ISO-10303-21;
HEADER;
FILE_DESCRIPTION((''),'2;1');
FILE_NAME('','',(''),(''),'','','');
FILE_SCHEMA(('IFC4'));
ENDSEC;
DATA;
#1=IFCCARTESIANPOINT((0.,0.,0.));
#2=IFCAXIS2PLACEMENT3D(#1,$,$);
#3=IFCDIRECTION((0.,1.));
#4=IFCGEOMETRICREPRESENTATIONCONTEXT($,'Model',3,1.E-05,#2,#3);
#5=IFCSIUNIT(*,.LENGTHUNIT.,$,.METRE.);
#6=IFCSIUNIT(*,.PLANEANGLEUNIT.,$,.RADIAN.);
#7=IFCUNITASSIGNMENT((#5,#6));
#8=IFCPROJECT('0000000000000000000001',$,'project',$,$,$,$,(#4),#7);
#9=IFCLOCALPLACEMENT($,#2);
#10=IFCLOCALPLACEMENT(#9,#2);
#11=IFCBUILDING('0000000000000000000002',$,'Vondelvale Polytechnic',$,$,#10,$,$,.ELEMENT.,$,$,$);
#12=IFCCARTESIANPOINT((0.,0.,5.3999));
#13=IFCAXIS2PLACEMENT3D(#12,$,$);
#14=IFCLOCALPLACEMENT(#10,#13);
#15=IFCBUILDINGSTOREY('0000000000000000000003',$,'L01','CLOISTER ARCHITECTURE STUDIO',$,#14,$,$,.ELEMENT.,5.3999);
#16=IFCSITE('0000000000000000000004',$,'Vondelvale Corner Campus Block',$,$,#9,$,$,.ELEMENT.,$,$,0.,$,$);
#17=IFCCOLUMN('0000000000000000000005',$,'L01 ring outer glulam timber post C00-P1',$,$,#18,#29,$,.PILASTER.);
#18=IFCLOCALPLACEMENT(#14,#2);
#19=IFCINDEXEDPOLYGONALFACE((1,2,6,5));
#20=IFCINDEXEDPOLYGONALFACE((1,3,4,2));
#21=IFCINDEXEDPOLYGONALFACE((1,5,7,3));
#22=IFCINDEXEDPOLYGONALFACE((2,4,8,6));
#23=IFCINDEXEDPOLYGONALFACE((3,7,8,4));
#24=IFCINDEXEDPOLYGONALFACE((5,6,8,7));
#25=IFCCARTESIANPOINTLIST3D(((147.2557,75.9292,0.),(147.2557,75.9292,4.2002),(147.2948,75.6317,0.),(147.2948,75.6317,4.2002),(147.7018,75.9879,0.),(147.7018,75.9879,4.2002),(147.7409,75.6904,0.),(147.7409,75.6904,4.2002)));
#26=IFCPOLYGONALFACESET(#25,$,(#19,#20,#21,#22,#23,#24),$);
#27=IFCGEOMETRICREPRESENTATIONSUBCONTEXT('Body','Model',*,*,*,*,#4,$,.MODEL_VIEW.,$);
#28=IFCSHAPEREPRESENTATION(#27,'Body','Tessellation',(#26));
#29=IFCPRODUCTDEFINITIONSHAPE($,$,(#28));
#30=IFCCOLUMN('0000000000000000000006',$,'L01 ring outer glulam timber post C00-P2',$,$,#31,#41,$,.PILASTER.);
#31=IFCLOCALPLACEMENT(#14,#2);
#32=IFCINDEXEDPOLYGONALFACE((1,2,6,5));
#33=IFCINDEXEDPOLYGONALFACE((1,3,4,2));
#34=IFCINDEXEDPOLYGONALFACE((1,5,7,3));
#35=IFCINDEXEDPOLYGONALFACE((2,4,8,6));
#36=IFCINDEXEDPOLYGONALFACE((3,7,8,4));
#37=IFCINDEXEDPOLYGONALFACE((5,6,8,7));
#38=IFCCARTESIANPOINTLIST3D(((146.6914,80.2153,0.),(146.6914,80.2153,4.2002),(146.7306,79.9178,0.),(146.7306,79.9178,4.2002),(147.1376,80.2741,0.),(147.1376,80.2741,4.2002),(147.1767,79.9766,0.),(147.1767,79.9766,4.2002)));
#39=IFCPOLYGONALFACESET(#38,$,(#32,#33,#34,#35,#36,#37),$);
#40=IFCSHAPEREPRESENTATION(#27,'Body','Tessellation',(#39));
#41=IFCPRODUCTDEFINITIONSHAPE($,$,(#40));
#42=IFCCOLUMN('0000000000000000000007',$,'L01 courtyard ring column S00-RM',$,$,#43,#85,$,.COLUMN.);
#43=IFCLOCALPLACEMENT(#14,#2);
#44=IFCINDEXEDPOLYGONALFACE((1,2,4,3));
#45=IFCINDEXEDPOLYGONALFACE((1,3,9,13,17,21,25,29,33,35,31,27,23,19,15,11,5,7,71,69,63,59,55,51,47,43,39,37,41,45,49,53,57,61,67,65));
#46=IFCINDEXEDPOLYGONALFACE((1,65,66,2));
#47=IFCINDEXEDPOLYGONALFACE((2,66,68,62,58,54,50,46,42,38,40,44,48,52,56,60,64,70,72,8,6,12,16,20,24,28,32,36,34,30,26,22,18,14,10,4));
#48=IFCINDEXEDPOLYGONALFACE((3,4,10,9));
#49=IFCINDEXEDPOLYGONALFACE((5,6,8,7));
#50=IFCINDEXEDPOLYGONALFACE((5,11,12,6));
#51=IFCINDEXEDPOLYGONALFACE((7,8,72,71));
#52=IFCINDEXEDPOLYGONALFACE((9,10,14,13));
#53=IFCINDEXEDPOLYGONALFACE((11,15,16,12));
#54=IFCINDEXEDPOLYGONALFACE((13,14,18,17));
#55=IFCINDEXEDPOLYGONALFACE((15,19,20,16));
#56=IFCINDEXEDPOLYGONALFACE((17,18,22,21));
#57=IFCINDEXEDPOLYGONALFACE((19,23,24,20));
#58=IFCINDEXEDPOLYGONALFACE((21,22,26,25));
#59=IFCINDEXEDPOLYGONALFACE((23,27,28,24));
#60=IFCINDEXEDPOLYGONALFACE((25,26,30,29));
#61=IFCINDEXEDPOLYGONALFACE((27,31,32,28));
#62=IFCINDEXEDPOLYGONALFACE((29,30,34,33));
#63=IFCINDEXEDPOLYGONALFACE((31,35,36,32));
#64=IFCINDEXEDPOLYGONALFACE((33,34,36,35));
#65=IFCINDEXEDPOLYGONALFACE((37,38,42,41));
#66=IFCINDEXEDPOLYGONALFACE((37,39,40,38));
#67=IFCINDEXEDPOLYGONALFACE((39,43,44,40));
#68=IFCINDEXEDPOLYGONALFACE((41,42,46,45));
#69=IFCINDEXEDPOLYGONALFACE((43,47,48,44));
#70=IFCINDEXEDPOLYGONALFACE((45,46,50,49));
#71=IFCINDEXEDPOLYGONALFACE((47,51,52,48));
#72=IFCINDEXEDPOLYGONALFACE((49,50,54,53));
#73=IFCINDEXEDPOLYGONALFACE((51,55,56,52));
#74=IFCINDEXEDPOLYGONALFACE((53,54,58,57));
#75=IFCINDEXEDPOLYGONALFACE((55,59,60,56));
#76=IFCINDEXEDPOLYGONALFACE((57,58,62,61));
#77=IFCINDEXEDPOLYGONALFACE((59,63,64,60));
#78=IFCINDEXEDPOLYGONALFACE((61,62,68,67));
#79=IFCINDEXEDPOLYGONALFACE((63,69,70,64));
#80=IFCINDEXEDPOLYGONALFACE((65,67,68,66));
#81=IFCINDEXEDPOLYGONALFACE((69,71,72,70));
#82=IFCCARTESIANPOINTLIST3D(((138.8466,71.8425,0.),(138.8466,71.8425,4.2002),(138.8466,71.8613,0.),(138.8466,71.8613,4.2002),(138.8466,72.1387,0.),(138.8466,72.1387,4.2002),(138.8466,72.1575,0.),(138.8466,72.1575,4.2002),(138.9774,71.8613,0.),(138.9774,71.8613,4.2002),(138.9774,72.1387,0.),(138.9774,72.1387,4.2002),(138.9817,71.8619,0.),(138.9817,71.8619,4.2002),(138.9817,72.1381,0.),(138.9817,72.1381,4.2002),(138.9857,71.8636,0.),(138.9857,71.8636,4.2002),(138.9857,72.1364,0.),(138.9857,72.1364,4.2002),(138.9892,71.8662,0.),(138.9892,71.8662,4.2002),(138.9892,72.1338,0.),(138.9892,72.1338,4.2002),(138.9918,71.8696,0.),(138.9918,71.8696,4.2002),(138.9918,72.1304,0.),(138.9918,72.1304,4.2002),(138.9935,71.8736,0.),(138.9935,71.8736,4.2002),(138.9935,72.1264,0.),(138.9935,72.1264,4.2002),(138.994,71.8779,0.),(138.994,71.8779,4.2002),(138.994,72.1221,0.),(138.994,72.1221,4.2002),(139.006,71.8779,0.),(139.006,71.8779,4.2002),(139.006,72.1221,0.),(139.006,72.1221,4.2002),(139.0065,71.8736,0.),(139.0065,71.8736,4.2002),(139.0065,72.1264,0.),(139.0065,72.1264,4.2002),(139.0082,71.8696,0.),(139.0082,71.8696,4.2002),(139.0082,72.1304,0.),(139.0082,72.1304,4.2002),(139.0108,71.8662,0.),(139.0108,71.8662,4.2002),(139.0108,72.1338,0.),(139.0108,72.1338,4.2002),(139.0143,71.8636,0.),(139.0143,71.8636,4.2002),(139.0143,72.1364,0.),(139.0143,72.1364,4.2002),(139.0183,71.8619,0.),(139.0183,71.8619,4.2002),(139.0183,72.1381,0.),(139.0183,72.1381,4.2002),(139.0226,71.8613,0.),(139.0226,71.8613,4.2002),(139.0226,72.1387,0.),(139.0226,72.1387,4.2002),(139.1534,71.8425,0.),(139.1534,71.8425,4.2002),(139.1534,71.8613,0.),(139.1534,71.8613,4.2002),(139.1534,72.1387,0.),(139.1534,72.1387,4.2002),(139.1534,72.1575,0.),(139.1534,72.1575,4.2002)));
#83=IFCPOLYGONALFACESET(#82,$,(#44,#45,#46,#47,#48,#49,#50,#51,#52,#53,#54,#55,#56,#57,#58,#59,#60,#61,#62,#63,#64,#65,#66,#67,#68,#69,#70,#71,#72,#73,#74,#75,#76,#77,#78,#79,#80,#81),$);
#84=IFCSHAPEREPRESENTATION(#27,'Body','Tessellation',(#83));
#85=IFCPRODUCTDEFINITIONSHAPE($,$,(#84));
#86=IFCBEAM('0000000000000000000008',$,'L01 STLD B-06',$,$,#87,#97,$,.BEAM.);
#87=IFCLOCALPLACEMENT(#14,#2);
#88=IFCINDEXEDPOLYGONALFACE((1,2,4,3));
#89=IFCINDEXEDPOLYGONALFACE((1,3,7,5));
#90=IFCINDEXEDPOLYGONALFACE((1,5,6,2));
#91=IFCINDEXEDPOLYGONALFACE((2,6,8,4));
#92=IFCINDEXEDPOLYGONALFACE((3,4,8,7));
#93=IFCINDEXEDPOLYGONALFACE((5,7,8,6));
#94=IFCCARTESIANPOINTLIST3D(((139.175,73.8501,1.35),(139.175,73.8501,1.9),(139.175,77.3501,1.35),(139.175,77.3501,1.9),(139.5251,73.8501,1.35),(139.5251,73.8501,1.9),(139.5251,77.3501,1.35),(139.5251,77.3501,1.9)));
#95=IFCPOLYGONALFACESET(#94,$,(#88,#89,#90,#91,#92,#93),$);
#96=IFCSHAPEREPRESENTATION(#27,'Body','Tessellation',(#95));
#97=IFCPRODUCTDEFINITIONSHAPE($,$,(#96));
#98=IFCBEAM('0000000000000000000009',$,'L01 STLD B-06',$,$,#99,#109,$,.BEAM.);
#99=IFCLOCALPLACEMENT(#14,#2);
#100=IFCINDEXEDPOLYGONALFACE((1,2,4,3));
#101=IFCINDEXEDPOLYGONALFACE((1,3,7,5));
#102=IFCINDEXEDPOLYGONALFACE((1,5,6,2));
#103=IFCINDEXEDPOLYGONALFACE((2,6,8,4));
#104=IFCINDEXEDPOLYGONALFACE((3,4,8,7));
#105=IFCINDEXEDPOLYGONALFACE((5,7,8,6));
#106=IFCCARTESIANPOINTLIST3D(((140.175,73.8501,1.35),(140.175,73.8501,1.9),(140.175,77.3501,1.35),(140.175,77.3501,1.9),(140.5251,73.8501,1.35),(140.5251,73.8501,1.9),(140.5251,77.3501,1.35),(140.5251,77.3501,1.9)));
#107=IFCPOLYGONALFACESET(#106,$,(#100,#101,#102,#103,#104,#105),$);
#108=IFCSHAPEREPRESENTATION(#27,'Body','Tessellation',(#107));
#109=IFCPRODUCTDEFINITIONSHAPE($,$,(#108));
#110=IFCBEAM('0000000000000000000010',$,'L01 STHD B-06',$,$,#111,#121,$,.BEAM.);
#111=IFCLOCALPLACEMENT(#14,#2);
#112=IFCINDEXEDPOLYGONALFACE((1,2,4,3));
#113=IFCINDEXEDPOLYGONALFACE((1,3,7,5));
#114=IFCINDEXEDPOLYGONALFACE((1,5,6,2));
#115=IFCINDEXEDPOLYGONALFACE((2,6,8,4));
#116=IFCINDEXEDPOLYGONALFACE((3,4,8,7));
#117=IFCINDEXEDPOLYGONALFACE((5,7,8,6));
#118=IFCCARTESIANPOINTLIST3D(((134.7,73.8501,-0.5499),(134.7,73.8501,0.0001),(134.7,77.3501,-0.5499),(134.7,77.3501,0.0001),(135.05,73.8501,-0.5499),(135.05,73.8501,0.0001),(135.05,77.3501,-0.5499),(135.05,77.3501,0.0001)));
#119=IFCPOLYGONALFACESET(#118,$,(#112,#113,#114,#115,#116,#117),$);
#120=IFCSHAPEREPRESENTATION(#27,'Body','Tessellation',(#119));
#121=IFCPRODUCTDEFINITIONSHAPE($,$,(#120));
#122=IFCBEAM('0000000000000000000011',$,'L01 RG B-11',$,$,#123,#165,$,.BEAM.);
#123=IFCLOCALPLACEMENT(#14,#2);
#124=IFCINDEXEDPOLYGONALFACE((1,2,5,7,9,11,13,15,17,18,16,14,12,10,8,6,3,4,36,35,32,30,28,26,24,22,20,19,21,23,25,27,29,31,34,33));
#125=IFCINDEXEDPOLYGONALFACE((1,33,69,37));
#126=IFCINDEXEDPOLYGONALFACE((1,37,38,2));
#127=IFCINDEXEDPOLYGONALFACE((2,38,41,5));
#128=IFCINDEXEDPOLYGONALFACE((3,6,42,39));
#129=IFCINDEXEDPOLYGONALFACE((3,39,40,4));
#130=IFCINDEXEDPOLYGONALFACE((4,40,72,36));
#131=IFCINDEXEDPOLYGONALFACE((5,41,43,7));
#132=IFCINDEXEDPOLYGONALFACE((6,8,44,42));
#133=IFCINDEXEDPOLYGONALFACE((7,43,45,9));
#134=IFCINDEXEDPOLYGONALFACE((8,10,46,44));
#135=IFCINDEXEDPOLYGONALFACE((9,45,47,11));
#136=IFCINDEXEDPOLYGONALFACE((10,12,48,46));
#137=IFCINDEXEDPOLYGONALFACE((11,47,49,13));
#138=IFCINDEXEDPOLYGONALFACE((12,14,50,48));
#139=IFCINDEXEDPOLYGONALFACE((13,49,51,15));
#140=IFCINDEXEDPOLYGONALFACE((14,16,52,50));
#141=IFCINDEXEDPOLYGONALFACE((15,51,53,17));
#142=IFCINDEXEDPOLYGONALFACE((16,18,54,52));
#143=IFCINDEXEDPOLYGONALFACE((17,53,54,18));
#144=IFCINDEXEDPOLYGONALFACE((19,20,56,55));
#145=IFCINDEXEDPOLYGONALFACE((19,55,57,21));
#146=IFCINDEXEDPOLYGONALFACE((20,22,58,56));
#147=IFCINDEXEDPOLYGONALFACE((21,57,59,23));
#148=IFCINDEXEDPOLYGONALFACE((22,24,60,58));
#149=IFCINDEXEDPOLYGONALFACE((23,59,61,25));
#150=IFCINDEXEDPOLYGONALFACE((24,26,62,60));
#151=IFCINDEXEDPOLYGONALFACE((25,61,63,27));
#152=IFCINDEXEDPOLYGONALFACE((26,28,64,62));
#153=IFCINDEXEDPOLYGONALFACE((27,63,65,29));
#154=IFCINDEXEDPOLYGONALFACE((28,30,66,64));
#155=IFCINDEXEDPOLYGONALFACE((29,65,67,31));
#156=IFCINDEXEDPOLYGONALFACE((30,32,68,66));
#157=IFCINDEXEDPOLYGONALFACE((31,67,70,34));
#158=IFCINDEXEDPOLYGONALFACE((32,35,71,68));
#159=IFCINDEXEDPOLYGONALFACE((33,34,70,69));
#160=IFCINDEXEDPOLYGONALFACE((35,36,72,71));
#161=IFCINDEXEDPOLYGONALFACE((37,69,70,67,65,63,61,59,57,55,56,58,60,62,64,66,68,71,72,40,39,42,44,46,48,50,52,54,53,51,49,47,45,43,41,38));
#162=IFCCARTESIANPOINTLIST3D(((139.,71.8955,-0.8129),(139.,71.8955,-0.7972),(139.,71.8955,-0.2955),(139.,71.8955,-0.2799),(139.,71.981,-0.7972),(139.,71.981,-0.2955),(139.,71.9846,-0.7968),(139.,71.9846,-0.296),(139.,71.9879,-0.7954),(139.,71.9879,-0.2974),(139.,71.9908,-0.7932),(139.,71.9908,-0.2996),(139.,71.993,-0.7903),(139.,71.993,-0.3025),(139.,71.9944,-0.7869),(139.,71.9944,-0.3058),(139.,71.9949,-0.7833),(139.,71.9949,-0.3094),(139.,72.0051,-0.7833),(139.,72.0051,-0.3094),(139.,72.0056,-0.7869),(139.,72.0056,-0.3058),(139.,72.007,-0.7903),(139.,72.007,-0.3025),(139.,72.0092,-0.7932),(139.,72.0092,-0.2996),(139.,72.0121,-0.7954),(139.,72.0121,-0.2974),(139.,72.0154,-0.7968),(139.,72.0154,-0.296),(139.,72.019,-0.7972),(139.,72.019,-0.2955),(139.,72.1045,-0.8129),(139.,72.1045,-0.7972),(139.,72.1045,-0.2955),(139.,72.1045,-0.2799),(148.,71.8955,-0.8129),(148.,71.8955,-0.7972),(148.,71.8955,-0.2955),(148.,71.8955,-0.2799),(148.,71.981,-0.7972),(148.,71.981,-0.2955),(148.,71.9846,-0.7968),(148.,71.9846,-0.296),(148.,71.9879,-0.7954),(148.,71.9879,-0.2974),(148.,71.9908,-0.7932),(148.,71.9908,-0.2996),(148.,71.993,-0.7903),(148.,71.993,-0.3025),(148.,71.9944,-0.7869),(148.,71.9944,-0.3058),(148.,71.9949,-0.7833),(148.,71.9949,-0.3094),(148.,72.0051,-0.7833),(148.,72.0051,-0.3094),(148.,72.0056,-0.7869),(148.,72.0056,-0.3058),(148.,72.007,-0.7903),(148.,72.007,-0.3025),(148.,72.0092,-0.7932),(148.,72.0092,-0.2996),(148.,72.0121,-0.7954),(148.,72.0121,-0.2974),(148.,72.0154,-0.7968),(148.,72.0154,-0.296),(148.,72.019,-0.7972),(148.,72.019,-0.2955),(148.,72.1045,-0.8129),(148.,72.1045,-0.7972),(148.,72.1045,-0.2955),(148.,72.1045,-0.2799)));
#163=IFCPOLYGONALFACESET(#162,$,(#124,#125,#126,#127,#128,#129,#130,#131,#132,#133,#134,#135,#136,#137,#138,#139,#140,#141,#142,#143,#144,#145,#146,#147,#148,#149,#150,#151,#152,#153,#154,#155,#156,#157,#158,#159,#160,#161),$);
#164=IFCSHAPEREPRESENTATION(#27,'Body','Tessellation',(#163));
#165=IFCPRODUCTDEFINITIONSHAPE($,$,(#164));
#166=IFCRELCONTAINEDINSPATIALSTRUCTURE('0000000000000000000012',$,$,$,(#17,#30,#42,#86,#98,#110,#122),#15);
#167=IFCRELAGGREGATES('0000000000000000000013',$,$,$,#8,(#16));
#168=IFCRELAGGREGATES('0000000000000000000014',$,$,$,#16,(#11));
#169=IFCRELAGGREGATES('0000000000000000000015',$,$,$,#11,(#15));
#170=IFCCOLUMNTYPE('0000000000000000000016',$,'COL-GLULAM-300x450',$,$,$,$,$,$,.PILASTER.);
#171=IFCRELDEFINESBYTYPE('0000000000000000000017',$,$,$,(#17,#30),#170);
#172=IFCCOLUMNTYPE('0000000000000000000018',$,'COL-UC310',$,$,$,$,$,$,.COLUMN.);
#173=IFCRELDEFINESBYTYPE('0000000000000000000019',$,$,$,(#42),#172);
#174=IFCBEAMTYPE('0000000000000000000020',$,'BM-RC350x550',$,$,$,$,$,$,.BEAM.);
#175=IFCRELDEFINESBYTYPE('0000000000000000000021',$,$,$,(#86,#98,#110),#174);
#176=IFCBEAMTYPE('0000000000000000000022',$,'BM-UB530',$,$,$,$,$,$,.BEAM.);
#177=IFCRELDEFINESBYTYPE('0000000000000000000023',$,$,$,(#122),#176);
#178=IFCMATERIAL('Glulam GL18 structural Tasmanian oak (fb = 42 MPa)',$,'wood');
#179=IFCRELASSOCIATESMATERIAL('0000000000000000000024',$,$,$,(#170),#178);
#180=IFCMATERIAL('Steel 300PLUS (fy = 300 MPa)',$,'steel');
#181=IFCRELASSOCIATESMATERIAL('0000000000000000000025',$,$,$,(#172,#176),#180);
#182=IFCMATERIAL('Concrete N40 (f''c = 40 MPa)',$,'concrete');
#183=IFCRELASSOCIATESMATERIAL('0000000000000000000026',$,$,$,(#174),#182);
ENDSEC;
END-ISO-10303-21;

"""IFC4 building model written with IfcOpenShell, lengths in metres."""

from ifc_helpers import new_model, si_unit, direction, frame, origin, origin_2d, place, context, subcontext, project, spatial, rectangle, i_section, extrude, material, material_profile, profile_set, type_object, element, save


model = new_model("IFC4")

# Units and contexts
model_context = context("Model", 3, precision=1e-05, world=origin(), true_north=direction((0.0, 1.0)))
body_context = subcontext(model_context, "Body", "Model", "MODEL_VIEW")
ifc_project = project(units=[si_unit("LENGTHUNIT", "METRE"), si_unit("PLANEANGLEUNIT", "RADIAN")], contexts=[model_context])

# Site, building, storey
site_placement = place(None, origin())
site = spatial("IfcSite", under=ifc_project, at=site_placement, Name="Vondelvale Corner Campus Block", CompositionType="ELEMENT", RefElevation=0.0)
building_placement = place(site_placement, origin())
building = spatial("IfcBuilding", under=site, at=building_placement, Name="Vondelvale Polytechnic", CompositionType="ELEMENT")
storey_placement = place(building_placement, frame((0.0, 0.0, 5.3999)))
storey = spatial("IfcBuildingStorey", under=building, at=storey_placement, Name="L01", Description="CLOISTER ARCHITECTURE STUDIO", CompositionType="ELEMENT", Elevation=5.3999)

# Columns
ifc_material_1 = material(Name="Glulam GL18 structural Tasmanian oak (fb = 42 MPa)", Category="wood")
ifc_material_profile_1 = material_profile(ifc_material_1, rectangle(XDim=0.3, YDim=0.45, at=origin_2d()), Name="GL-POST-300x450")
ifc_profile_set_1 = profile_set([ifc_material_profile_1], Name="Glulam GL18 structural Tasmanian oak (fb = 42 MPa)")
column_type_1 = type_object("IfcColumnType", Name="COL-GLULAM-300x450", PredefinedType="PILASTER", material=ifc_profile_set_1)
for number, where, z_axis, x_axis, name in (
    (1, (147.4983, 75.8098, 0.0), (0.0, 0.0, 1.0), (-0.130526, 0.991445, 0.0), "L01 ring outer glulam timber post C00-P1"),
    (2, (146.9341, 80.0959, 0.0), (0.0, 0.0, 1.0), (-0.130526, 0.991445, 0.0), "L01 ring outer glulam timber post C00-P2"),
):
    element("IfcColumn", number, at=place(storey_placement, frame(where, z_axis=z_axis, x_axis=x_axis)), inside=storey, type_object=column_type_1, Name=name, PredefinedType="PILASTER", context=body_context, shape_type="SweptSolid", body=[
        extrude(rectangle(XDim=0.3, YDim=0.45, at=origin_2d()), origin(), (0.0, 0.0, 1.0), 4.2002),
    ])
ifc_material_2 = material(Name="Steel 300PLUS (fy = 300 MPa)", Category="steel")
ifc_material_profile_2 = material_profile(ifc_material_2, i_section(OverallWidth=0.3069, OverallDepth=0.3149, WebThickness=0.012, FlangeThickness=0.0188, FilletRadius=0.0166, at=origin_2d()), Name="310UC118")
ifc_profile_set_2 = profile_set([ifc_material_profile_2], Name="Steel 300PLUS (fy = 300 MPa)")
column_type_2 = type_object("IfcColumnType", Name="COL-UC310", PredefinedType="COLUMN", material=ifc_profile_set_2)
column_placement = place(storey_placement, frame((139.0, 72.0, 0.0), z_axis=(0.0, 0.0, 1.0), x_axis=(1.0, 0.0, 0.0)))
element("IfcColumn", 3, at=column_placement, inside=storey, type_object=column_type_2, Name="L01 courtyard ring column S00-RM", PredefinedType="COLUMN", context=body_context, shape_type="SweptSolid", body=[
    extrude(i_section(OverallWidth=0.3069, OverallDepth=0.3149, WebThickness=0.012, FlangeThickness=0.0188, FilletRadius=0.0166, at=origin_2d()), origin(), (0.0, 0.0, 1.0), 4.2002),
])

# Beams
ifc_material_3 = material(Name="Concrete N40 (f'c = 40 MPa)", Category="concrete")
ifc_material_profile_3 = material_profile(ifc_material_3, rectangle(XDim=0.3501, YDim=0.55, at=origin_2d()), Name="RC-BM-350x550")
ifc_profile_set_3 = profile_set([ifc_material_profile_3], Name="Concrete N40 (f'c = 40 MPa)")
beam_type_1 = type_object("IfcBeamType", Name="BM-RC350x550", PredefinedType="BEAM", material=ifc_profile_set_3)
for number, where, z_axis, x_axis, name in (
    (4, (139.3501, 73.8501, 1.625), (0.0, 1.0, 0.0), (-1.0, 0.0, 0.0), "L01 STLD B-06"),
    (5, (140.3501, 73.8501, 1.625), (0.0, 1.0, 0.0), (-1.0, 0.0, 0.0), "L01 STLD B-06"),
    (6, (134.875, 73.8501, -0.2749), (0.0, 1.0, 0.0), (-1.0, 0.0, 0.0), "L01 STHD B-06"),
):
    element("IfcBeam", number, at=place(storey_placement, frame(where, z_axis=z_axis, x_axis=x_axis)), inside=storey, type_object=beam_type_1, Name=name, PredefinedType="BEAM", context=body_context, shape_type="SweptSolid", body=[
        extrude(rectangle(XDim=0.3501, YDim=0.55, at=origin_2d()), origin(), (0.0, 0.0, 1.0), 3.5),
    ])
ifc_material_profile_4 = material_profile(ifc_material_2, i_section(OverallWidth=0.209, OverallDepth=0.533, WebThickness=0.0103, FlangeThickness=0.0156, FilletRadius=0.0139, at=origin_2d()), Name="530UB92.4")
ifc_profile_set_4 = profile_set([ifc_material_profile_4], Name="Steel 300PLUS (fy = 300 MPa)")
beam_type_2 = type_object("IfcBeamType", Name="BM-UB530", PredefinedType="BEAM", material=ifc_profile_set_4)
beam_1_placement = place(storey_placement, frame((139.0, 72.0, -0.5464), z_axis=(1.0, 0.0, 0.0), x_axis=(0.0, 1.0, 0.0)))
element("IfcBeam", 7, at=beam_1_placement, inside=storey, type_object=beam_type_2, Name="L01 RG B-11", PredefinedType="BEAM", context=body_context, shape_type="SweptSolid", body=[
    extrude(i_section(OverallWidth=0.209, OverallDepth=0.533, WebThickness=0.0103, FlangeThickness=0.0156, FilletRadius=0.0139, at=origin_2d()), origin(), (0.0, 0.0, 1.0), 9.0),
])

save(model, "model.ifc")
